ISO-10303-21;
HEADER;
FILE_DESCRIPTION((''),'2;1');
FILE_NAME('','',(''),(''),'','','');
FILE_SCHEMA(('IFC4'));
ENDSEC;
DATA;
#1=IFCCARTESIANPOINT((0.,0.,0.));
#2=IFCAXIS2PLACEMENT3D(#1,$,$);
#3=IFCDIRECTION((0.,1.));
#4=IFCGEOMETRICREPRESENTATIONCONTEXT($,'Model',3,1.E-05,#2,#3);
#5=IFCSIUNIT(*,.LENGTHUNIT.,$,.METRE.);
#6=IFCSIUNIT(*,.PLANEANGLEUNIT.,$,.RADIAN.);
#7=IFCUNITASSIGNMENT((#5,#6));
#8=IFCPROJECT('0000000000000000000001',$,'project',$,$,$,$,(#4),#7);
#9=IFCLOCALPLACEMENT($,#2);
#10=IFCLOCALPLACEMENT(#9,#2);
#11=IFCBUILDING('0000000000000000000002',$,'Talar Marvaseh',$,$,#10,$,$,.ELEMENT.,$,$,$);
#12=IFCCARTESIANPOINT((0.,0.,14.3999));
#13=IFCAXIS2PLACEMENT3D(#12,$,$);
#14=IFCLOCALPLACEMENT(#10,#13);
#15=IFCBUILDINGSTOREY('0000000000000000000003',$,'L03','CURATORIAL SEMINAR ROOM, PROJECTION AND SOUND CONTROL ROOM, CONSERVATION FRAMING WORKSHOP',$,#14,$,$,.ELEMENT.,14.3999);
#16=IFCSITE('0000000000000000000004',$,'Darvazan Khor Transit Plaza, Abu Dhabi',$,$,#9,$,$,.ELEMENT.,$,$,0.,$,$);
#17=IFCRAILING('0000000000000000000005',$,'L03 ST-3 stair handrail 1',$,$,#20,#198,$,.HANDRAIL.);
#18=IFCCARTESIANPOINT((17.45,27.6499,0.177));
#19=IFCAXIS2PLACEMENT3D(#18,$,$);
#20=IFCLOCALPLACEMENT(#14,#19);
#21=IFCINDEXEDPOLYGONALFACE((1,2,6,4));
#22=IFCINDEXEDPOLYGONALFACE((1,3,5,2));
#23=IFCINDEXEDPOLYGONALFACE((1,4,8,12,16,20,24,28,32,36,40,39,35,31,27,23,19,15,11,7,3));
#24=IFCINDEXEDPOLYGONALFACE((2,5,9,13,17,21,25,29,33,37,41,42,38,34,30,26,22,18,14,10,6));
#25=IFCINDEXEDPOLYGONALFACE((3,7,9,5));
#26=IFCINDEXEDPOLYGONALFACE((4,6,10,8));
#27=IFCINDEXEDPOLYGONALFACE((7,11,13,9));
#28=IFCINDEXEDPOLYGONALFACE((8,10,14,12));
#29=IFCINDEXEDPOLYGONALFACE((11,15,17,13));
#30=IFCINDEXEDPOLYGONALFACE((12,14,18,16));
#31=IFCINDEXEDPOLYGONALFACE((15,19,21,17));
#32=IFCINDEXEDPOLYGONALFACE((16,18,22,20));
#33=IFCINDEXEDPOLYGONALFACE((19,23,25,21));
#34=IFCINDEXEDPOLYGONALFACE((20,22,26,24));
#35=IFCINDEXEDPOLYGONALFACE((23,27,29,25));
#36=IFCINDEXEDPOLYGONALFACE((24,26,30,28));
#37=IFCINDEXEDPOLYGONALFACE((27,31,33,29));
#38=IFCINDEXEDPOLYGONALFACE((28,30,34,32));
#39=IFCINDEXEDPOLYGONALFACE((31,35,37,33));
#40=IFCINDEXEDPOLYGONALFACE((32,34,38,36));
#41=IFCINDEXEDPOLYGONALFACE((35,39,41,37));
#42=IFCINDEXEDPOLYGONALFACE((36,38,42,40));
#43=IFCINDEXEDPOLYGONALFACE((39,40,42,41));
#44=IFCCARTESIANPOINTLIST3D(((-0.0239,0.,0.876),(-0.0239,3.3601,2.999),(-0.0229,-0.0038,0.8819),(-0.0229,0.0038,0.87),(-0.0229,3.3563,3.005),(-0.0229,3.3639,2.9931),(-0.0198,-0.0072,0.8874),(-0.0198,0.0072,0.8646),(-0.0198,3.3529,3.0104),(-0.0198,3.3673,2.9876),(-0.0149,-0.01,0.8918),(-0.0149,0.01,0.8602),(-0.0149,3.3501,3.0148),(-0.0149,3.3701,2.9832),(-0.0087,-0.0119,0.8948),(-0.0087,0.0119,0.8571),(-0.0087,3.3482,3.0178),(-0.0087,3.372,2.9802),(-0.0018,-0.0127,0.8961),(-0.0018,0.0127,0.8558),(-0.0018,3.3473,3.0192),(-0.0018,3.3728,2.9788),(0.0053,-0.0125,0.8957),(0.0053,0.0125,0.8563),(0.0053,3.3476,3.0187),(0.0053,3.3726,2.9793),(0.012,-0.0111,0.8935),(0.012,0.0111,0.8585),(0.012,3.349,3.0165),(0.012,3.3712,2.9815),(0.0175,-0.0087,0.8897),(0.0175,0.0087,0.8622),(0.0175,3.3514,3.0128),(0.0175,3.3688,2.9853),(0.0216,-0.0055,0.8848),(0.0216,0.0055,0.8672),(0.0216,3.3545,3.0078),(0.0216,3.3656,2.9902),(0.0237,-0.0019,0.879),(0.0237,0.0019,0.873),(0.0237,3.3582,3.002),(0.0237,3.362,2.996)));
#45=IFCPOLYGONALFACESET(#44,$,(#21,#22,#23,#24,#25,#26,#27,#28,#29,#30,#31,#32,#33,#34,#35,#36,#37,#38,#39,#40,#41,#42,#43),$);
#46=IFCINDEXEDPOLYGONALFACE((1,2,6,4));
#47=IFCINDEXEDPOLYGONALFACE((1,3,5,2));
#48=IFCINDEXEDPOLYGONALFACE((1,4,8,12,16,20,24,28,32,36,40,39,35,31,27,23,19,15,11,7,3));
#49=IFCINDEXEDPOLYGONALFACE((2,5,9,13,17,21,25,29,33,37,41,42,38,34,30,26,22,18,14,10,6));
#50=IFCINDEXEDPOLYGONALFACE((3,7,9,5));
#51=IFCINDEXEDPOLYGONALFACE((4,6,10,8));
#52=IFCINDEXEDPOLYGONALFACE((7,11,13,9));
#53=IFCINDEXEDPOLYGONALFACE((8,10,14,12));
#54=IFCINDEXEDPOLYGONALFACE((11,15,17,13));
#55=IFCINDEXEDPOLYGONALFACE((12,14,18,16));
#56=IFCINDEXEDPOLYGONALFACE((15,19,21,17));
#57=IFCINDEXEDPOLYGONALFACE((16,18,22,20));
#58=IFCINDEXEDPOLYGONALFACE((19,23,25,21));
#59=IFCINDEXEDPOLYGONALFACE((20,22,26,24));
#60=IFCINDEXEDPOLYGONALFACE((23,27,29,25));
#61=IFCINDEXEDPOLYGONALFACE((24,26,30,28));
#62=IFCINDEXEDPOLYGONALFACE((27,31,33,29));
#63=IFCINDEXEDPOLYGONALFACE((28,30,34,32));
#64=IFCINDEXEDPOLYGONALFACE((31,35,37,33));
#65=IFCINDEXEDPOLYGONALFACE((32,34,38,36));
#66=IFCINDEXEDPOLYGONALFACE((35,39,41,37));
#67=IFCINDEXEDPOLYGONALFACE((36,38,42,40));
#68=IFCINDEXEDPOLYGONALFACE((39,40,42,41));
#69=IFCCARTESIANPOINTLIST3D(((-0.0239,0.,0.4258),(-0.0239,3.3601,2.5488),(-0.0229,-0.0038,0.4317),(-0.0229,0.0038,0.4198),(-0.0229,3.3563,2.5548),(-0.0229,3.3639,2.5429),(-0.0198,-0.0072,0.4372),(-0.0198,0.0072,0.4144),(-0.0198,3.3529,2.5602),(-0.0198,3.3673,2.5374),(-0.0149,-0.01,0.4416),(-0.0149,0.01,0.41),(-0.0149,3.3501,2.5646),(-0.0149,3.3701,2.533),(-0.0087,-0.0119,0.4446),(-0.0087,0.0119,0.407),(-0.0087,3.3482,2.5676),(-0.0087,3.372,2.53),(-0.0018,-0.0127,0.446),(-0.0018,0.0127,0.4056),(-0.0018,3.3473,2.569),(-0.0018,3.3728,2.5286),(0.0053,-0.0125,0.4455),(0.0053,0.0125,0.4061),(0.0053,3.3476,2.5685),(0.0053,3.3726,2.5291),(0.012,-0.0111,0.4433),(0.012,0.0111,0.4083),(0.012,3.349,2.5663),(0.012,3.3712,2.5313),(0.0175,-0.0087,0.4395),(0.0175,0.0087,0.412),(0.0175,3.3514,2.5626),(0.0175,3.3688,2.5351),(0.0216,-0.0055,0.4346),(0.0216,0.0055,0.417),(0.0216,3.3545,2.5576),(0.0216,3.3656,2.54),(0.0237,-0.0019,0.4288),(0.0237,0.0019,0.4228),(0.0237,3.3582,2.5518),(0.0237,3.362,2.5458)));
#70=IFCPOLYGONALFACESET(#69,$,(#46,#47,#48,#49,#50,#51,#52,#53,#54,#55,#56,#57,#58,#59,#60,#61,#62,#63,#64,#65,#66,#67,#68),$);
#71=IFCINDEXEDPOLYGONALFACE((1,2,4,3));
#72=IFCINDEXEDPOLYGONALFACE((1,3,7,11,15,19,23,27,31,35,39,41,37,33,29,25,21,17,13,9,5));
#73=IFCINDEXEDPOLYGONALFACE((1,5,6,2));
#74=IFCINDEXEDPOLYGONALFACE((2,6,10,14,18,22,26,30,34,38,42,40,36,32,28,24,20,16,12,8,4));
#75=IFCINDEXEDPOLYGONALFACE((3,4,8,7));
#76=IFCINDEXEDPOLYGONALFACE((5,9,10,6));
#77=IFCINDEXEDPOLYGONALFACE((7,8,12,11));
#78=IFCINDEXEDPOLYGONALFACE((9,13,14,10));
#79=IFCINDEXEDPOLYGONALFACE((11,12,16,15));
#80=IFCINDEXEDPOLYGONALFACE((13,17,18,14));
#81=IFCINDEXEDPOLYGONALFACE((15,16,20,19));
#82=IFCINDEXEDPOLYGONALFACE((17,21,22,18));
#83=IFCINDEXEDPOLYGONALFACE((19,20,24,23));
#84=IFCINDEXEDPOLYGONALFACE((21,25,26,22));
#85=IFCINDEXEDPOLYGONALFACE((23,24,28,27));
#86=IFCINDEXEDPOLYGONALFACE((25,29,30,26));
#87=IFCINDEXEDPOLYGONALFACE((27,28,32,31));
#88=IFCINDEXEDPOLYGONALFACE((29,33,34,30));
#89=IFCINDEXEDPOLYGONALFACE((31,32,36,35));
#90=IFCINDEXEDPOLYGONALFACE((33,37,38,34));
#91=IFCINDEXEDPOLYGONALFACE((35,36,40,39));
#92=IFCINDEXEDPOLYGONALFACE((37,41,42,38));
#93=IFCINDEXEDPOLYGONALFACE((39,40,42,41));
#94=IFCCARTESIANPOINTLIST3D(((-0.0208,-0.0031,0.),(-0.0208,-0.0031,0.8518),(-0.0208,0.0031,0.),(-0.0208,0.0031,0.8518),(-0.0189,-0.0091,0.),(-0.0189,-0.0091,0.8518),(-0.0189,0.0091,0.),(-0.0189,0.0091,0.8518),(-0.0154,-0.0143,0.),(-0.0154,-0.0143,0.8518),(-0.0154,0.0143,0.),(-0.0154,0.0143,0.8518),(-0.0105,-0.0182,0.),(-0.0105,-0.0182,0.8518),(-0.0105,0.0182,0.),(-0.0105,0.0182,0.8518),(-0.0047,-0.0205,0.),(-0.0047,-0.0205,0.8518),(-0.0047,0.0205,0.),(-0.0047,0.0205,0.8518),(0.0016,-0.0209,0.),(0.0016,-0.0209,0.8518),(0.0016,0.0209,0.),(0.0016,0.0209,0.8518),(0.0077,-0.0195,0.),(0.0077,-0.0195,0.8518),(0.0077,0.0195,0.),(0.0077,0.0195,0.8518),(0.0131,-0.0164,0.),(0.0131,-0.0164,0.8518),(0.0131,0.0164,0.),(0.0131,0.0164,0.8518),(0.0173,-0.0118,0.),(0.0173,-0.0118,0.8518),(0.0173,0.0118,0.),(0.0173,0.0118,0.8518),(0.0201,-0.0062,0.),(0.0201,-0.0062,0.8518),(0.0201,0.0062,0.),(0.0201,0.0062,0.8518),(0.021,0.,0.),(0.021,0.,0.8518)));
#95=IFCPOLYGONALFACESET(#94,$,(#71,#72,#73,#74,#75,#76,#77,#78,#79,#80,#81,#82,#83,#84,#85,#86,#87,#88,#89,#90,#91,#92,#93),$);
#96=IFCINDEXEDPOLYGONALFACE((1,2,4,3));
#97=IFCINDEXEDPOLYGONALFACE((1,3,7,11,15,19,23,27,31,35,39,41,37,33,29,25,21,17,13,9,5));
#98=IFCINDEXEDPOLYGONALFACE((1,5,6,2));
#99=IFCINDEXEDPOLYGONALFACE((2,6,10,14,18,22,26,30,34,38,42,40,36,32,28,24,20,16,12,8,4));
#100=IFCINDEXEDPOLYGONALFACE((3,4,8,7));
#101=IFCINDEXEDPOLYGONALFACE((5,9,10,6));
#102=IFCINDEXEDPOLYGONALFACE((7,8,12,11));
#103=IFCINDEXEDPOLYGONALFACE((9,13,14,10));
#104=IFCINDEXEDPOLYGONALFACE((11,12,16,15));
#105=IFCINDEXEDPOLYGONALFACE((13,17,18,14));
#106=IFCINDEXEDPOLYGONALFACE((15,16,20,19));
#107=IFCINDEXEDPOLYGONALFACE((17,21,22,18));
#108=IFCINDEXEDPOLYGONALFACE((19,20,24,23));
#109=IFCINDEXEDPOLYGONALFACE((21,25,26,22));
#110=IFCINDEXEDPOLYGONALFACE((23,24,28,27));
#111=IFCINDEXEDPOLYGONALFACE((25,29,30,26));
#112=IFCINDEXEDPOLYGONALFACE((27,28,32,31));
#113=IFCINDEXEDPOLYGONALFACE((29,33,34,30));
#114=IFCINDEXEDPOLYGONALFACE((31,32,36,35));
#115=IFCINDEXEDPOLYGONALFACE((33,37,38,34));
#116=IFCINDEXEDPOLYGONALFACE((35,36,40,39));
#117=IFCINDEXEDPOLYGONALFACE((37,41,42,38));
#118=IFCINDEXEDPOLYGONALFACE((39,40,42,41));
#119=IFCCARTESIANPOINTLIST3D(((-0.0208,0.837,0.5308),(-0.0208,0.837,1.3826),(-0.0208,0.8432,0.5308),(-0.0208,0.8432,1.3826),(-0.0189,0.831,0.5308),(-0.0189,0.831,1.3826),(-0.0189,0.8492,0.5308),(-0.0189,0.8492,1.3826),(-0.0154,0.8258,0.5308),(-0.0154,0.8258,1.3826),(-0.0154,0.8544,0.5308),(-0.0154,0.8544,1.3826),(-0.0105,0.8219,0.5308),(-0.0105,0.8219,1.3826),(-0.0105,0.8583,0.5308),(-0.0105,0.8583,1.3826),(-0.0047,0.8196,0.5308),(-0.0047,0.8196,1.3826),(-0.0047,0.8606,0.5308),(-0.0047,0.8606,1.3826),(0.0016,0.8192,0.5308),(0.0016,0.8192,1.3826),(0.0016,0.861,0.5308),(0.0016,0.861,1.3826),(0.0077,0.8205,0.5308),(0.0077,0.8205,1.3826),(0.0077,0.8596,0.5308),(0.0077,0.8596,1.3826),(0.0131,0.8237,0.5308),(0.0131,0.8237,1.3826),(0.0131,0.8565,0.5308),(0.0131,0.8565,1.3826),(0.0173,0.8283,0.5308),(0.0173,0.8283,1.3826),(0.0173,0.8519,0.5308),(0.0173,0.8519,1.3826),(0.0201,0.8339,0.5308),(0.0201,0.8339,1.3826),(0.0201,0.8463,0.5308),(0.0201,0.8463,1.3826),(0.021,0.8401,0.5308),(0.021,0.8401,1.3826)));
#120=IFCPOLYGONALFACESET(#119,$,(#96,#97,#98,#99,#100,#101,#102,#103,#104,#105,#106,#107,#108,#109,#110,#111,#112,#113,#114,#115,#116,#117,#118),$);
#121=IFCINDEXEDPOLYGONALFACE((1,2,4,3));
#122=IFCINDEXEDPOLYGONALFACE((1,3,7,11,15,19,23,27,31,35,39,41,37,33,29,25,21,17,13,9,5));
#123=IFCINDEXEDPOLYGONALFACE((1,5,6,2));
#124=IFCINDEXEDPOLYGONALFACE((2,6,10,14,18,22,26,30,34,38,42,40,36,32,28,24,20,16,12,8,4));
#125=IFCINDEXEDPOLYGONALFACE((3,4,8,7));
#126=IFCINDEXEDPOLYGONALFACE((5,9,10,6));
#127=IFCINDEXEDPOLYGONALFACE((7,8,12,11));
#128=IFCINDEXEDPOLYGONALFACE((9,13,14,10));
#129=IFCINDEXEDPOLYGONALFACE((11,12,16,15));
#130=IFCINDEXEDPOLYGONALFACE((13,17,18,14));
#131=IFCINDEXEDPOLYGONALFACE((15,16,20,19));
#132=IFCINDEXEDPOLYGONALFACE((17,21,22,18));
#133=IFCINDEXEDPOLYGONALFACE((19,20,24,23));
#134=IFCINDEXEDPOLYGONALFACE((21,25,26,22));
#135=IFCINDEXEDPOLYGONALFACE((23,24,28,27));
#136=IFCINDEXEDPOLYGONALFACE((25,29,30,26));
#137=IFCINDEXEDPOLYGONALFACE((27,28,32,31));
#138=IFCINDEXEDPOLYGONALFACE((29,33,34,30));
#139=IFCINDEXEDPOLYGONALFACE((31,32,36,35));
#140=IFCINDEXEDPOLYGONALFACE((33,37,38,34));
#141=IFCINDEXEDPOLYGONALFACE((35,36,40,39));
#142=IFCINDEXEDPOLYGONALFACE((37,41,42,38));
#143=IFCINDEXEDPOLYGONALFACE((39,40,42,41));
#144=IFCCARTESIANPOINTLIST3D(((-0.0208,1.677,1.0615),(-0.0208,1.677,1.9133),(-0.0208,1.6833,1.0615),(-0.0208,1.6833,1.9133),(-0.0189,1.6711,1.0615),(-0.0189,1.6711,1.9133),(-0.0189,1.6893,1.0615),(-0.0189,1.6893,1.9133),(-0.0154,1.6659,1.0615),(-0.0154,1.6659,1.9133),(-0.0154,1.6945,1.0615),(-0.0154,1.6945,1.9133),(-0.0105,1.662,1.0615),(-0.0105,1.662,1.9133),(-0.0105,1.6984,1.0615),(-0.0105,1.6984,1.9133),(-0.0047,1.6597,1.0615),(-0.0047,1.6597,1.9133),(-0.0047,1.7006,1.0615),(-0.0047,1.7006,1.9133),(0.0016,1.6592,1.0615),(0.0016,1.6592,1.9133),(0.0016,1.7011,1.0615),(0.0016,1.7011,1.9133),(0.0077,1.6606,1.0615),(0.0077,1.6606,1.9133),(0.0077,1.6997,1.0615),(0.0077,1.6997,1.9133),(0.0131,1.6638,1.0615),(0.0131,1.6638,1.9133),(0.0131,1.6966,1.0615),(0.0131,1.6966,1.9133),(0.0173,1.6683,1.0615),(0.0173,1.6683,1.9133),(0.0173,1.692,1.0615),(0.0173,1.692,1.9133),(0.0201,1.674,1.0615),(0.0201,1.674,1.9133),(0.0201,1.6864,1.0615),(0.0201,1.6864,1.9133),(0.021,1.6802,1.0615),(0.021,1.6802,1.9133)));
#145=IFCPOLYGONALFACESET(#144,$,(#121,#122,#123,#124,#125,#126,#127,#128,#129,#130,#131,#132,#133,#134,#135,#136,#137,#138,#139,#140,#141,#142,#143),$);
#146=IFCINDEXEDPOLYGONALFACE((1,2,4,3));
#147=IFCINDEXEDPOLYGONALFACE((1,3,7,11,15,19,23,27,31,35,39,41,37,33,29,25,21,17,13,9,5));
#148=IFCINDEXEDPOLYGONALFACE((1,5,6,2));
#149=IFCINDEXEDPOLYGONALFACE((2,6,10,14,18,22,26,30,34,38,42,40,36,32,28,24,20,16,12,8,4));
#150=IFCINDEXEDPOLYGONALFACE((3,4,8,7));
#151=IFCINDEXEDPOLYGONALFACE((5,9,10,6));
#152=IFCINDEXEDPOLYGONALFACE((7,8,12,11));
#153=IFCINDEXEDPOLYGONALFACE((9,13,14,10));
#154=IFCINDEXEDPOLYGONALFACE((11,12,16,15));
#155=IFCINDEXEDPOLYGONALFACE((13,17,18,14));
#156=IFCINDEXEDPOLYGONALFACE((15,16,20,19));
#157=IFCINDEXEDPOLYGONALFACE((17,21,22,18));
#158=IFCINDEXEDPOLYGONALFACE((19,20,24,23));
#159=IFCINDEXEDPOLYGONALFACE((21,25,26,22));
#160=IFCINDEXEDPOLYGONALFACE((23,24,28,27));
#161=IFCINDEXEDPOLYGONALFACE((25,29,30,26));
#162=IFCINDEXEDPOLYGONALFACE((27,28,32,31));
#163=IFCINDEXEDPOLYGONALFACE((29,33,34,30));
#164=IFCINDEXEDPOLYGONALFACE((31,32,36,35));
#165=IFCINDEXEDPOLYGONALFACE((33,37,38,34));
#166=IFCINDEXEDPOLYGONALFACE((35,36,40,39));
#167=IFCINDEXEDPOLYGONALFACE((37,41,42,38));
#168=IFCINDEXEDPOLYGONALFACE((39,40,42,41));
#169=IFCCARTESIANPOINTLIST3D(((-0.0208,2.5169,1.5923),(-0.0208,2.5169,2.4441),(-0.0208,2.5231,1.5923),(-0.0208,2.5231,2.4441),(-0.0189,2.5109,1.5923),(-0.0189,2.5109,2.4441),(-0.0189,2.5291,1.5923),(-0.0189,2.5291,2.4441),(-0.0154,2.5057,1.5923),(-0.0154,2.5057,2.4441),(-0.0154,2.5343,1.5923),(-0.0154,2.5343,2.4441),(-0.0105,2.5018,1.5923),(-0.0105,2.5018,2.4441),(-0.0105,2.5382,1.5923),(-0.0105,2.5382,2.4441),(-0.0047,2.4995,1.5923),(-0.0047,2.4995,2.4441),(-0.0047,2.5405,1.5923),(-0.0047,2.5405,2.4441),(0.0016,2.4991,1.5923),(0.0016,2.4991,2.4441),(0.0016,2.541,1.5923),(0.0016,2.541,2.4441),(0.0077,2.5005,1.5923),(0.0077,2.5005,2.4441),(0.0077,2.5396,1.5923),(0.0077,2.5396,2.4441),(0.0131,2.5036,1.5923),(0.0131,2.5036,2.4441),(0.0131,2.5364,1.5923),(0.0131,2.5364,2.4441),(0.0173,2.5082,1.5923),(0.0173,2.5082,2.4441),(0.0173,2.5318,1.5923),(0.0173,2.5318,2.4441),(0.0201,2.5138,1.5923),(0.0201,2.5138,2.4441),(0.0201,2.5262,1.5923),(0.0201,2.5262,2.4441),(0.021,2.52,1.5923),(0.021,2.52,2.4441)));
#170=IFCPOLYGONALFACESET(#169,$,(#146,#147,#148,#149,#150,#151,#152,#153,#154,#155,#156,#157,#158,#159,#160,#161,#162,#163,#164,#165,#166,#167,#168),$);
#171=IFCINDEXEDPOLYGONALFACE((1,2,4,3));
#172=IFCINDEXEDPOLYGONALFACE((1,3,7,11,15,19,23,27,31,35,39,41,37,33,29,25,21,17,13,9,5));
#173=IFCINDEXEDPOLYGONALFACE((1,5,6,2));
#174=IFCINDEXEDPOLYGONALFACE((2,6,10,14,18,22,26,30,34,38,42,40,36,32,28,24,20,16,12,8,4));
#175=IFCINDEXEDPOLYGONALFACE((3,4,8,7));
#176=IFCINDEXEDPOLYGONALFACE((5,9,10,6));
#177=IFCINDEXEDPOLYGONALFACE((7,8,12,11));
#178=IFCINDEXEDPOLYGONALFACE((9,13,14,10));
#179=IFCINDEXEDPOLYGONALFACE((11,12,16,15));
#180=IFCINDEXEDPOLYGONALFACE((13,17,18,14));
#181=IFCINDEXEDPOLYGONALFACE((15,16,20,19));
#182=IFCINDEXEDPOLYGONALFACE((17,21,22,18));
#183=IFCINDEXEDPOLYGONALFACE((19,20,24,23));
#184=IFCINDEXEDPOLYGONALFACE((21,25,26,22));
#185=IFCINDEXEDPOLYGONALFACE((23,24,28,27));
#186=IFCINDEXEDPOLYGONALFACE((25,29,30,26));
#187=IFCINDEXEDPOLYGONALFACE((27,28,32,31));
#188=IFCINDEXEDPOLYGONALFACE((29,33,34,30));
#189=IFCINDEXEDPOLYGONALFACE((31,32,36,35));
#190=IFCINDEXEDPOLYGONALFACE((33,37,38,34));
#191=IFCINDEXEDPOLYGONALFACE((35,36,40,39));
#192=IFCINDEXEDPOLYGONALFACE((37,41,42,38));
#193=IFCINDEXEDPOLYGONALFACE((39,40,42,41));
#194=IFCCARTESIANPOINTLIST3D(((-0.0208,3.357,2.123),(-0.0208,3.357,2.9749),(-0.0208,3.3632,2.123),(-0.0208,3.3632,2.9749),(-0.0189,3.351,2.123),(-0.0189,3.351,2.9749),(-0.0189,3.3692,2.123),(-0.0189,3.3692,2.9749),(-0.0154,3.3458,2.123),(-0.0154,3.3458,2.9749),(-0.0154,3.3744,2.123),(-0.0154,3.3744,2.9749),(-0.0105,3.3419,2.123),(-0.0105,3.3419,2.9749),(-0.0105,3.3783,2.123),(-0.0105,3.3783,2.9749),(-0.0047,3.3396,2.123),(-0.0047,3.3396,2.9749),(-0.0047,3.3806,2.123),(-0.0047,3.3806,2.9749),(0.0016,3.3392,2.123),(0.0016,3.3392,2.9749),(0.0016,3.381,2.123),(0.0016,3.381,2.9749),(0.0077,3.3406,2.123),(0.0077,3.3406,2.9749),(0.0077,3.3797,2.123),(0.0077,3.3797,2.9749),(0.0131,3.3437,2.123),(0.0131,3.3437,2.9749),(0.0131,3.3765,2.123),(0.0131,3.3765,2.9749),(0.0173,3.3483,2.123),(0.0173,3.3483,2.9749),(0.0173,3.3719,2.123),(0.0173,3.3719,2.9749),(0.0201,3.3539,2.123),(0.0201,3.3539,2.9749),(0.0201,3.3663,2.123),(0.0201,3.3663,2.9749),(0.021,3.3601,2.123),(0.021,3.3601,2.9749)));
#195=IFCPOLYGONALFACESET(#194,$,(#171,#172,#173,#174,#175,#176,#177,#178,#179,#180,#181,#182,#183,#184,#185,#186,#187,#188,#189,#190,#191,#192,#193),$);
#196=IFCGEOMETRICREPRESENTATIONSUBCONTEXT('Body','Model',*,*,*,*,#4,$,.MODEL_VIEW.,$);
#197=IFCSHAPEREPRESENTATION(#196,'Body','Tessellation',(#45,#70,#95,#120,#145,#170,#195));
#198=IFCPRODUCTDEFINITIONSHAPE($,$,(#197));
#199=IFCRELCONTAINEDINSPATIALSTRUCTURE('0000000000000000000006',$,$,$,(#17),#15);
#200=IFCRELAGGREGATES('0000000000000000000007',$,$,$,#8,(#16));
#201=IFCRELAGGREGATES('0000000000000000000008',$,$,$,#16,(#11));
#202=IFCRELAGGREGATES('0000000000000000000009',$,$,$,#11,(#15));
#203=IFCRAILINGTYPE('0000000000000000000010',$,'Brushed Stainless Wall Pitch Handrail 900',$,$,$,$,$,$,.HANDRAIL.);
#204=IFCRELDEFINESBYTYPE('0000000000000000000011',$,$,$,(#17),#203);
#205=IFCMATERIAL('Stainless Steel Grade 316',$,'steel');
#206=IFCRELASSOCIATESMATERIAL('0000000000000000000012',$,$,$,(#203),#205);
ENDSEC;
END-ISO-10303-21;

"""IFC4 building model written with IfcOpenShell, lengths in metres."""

from ifc_helpers import new_model, si_unit, direction, frame, origin, origin_2d, place, context, subcontext, project, spatial, circle, extrude, material, type_object, element, save


model = new_model("IFC4")

# Units and contexts
model_context = context("Model", 3, precision=1e-05, world=origin(), true_north=direction((0.0, 1.0)))
body_context = subcontext(model_context, "Body", "Model", "MODEL_VIEW")
ifc_project = project(units=[si_unit("LENGTHUNIT", "METRE"), si_unit("PLANEANGLEUNIT", "RADIAN")], contexts=[model_context])

# Site, building, storey
site_placement = place(None, origin())
site = spatial("IfcSite", under=ifc_project, at=site_placement, Name="Darvazan Khor Transit Plaza, Abu Dhabi", CompositionType="ELEMENT", RefElevation=0.0)
building_placement = place(site_placement, origin())
building = spatial("IfcBuilding", under=site, at=building_placement, Name="Talar Marvaseh", CompositionType="ELEMENT")
storey_placement = place(building_placement, frame((0.0, 0.0, 14.3999)))
storey = spatial("IfcBuildingStorey", under=building, at=storey_placement, Name="L03", Description="CURATORIAL SEMINAR ROOM, PROJECTION AND SOUND CONTROL ROOM, CONSERVATION FRAMING WORKSHOP", CompositionType="ELEMENT", Elevation=14.3999)

# Railing
ifc_material_1 = material(Name="Stainless Steel Grade 316", Category="steel")
railing_type_1 = type_object("IfcRailingType", Name="Brushed Stainless Wall Pitch Handrail 900", PredefinedType="HANDRAIL", material=ifc_material_1)
railing_1_placement = place(storey_placement, frame((17.45, 27.6499, 0.177)))
element("IfcRailing", 1, at=railing_1_placement, inside=storey, type_object=railing_type_1, Name="L03 ST-3 stair handrail 1", PredefinedType="HANDRAIL", context=body_context, shape_type="SweptSolid", body=[
    extrude(circle(Radius=0.0239, at=origin_2d()), frame((0.0, 0.0, 0.876), z_axis=(0.0, 0.84539, 0.53415), x_axis=(-1.0, 0.0, 0.0)), (0.0, 0.0, 1.0), 3.9746),
    extrude(circle(Radius=0.0239, at=origin_2d()), frame((0.0, 0.0, 0.4258), z_axis=(0.0, 0.84539, 0.53415), x_axis=(-1.0, 0.0, 0.0)), (0.0, 0.0, 1.0), 3.9746),
    extrude(circle(Radius=0.021, at=origin_2d()), origin(), (0.0, 0.0, 1.0), 0.8518),
    extrude(circle(Radius=0.021, at=origin_2d()), frame((0.0, 0.8401, 0.5308)), (0.0, 0.0, 1.0), 0.8518),
    extrude(circle(Radius=0.021, at=origin_2d()), frame((0.0, 1.6802, 1.0615)), (0.0, 0.0, 1.0), 0.8518),
    extrude(circle(Radius=0.021, at=origin_2d()), frame((0.0, 2.52, 1.5923)), (0.0, 0.0, 1.0), 0.8518),
    extrude(circle(Radius=0.021, at=origin_2d()), frame((0.0, 3.3601, 2.123)), (0.0, 0.0, 1.0), 0.8518),
])

save(model, "model.ifc")
